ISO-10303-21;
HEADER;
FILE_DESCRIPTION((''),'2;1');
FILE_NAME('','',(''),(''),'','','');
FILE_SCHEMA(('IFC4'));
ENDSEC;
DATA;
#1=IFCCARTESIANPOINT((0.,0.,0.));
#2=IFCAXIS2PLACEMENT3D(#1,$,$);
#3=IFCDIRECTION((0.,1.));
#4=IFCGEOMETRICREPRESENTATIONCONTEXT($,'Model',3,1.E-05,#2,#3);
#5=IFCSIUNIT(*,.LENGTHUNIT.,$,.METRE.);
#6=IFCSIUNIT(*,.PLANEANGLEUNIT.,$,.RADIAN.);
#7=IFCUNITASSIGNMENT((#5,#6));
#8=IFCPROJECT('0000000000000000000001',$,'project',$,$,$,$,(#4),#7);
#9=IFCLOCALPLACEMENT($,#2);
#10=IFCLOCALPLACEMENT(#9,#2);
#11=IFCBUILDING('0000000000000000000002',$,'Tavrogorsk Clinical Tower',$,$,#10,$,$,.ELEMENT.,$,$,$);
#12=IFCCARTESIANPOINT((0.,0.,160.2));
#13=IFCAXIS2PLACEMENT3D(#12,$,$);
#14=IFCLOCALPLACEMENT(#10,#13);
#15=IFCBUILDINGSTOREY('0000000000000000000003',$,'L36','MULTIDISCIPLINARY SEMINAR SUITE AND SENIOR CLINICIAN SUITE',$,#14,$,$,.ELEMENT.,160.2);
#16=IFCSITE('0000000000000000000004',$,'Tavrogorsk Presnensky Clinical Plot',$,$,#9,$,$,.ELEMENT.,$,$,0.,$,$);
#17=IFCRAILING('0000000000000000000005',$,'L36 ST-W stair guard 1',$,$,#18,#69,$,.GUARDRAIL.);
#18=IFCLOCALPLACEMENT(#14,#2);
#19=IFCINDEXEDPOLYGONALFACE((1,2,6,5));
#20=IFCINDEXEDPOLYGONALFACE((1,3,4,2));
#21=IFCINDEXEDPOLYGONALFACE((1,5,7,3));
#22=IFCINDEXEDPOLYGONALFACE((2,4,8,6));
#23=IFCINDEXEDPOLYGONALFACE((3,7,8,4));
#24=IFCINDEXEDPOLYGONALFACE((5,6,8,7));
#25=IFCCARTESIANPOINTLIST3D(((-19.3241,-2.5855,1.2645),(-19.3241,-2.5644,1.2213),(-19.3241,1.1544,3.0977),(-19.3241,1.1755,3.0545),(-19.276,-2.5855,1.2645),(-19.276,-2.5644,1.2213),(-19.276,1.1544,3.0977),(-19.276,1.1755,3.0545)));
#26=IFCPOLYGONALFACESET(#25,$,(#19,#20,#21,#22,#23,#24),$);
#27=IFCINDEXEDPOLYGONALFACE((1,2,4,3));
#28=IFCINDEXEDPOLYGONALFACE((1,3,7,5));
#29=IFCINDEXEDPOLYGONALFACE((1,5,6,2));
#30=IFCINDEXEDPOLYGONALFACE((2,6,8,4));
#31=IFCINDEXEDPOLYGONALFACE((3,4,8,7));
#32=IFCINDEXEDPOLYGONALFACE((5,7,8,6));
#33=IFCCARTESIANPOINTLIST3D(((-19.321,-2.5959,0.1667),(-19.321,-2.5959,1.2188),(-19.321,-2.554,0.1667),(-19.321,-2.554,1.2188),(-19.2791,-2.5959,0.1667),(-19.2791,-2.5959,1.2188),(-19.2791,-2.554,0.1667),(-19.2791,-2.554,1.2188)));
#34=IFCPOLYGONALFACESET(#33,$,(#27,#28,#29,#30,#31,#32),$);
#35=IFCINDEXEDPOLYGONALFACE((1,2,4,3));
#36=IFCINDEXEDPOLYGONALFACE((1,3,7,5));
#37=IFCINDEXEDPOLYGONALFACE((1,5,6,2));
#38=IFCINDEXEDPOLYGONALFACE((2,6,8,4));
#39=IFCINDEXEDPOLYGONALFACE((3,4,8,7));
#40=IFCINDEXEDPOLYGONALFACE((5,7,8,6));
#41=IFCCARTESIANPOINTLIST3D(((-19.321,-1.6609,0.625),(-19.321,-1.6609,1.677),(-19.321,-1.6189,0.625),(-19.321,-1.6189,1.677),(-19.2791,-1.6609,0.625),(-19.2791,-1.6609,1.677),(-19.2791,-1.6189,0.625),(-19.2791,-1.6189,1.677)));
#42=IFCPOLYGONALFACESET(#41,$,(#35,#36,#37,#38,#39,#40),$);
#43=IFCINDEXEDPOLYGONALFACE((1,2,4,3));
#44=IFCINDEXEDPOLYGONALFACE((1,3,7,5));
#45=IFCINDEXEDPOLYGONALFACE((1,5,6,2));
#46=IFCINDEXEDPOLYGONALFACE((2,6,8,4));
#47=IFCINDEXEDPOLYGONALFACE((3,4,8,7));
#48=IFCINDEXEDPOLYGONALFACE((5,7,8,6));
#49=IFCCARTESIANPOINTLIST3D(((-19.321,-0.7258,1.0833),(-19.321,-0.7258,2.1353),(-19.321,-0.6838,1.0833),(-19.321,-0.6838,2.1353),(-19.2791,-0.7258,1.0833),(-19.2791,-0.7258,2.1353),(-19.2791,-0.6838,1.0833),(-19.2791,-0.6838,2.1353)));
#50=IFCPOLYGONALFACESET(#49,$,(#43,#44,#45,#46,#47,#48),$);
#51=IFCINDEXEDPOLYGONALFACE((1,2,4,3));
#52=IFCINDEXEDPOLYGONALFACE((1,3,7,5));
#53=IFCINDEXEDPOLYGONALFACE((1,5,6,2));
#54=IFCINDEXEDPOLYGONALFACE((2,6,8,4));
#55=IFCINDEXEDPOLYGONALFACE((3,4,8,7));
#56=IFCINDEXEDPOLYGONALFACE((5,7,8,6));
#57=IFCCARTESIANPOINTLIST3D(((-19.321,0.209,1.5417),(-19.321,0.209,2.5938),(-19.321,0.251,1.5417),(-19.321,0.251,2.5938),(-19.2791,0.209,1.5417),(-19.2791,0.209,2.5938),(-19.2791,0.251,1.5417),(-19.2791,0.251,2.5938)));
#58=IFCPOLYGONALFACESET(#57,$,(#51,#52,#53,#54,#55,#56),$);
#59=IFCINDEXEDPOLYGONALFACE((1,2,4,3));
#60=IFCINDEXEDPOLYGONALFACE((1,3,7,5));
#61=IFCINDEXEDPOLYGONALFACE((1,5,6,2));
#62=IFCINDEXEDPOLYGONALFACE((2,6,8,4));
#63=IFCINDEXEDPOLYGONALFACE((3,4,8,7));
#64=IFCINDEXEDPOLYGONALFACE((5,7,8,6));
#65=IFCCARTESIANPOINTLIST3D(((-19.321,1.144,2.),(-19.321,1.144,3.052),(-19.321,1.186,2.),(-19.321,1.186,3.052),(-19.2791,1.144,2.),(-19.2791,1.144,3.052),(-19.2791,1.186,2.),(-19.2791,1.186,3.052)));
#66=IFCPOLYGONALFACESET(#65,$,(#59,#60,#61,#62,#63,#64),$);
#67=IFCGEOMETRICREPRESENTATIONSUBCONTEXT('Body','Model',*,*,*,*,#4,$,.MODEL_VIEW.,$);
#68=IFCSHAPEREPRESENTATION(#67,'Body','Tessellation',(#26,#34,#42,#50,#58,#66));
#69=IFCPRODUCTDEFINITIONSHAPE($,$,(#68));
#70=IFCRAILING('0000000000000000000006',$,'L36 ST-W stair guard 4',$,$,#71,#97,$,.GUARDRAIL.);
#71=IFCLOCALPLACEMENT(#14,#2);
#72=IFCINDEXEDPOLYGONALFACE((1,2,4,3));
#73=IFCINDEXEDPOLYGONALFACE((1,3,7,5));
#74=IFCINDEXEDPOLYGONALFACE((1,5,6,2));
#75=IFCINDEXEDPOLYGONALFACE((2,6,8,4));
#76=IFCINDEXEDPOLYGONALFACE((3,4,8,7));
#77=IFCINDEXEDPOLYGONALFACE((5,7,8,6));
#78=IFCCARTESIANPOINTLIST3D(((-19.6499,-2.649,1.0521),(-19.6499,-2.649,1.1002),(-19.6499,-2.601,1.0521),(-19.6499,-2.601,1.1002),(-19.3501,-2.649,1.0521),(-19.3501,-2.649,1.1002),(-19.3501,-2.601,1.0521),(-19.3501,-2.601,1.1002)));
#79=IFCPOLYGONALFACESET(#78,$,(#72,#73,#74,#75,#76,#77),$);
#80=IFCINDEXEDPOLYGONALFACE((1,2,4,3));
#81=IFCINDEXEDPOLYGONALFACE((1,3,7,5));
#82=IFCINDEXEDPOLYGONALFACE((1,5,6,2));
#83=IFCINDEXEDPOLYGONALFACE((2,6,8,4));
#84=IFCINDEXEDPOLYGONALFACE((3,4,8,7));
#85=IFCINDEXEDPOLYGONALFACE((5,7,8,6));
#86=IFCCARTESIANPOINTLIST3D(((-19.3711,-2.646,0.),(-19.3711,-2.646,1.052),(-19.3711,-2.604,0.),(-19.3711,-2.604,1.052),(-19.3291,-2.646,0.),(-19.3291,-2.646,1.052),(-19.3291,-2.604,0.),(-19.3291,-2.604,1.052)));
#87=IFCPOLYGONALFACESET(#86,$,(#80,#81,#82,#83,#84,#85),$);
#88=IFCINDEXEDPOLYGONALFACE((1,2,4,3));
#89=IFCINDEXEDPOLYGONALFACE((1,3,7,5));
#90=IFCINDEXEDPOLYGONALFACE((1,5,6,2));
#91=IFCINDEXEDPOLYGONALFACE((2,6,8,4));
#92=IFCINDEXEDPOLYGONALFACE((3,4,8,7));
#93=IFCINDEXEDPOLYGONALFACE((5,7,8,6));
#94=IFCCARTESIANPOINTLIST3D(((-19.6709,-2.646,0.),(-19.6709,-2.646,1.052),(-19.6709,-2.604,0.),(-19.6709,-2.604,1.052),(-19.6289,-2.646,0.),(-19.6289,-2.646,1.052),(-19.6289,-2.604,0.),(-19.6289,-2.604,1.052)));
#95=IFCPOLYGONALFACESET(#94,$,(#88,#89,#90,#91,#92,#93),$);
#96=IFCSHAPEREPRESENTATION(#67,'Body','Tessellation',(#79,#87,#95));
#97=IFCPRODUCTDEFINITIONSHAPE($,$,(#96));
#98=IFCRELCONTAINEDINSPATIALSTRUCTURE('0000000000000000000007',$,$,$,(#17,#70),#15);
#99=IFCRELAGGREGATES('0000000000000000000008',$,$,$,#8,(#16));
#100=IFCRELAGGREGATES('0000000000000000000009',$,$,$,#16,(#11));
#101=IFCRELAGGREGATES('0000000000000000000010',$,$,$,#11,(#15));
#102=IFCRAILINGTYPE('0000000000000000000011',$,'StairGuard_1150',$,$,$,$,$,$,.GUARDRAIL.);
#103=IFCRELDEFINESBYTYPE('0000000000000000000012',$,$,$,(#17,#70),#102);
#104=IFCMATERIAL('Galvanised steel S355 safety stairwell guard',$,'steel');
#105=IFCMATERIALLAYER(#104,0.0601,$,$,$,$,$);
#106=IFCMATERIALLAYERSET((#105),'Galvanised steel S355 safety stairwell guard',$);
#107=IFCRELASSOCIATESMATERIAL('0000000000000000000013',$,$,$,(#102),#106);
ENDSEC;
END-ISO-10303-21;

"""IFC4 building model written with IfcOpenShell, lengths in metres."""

from ifc_helpers import new_model, si_unit, direction, frame, origin, origin_2d, place, context, subcontext, project, spatial, rectangle, extrude, material, layer, layer_set, type_object, element, save


model = new_model("IFC4")

# Units and contexts
model_context = context("Model", 3, precision=1e-05, world=origin(), true_north=direction((0.0, 1.0)))
body_context = subcontext(model_context, "Body", "Model", "MODEL_VIEW")
ifc_project = project(units=[si_unit("LENGTHUNIT", "METRE"), si_unit("PLANEANGLEUNIT", "RADIAN")], contexts=[model_context])

# Site, building, storey
site_placement = place(None, origin())
site = spatial("IfcSite", under=ifc_project, at=site_placement, Name="Tavrogorsk Presnensky Clinical Plot", CompositionType="ELEMENT", RefElevation=0.0)
building_placement = place(site_placement, origin())
building = spatial("IfcBuilding", under=site, at=building_placement, Name="Tavrogorsk Clinical Tower", CompositionType="ELEMENT")
storey_placement = place(building_placement, frame((0.0, 0.0, 160.2)))
storey = spatial("IfcBuildingStorey", under=building, at=storey_placement, Name="L36", Description="MULTIDISCIPLINARY SEMINAR SUITE AND SENIOR CLINICIAN SUITE", CompositionType="ELEMENT", Elevation=160.2)

# Railings
ifc_material_1 = material(Name="Galvanised steel S355 safety stairwell guard", Category="steel")
ifc_layer_1 = layer(ifc_material_1, 0.0601)
ifc_layer_set_1 = layer_set([ifc_layer_1], Name="Galvanised steel S355 safety stairwell guard")
railing_type = type_object("IfcRailingType", Name="StairGuard_1150", PredefinedType="GUARDRAIL", material=ifc_layer_set_1)
railing_1_placement = place(storey_placement, frame((-19.3, -2.575, 0.1667)))
element("IfcRailing", 1, at=railing_1_placement, inside=storey, type_object=railing_type, Name="L36 ST-W stair guard 1", PredefinedType="GUARDRAIL", context=body_context, shape_type="SweptSolid", body=[
    extrude(rectangle(XDim=0.0481, YDim=0.0481, at=origin_2d()), frame((0.0, 0.0, 1.0762), z_axis=(0.0, 0.897928, 0.440142), x_axis=(-1.0, 0.0, 0.0)), (0.0, 0.0, 1.0), 4.165),
    extrude(rectangle(XDim=0.042, YDim=0.042, at=origin_2d()), origin(), (0.0, 0.0, 1.0), 1.052),
    extrude(rectangle(XDim=0.042, YDim=0.042, at=origin_2d()), frame((0.0, 0.9351, 0.4583)), (0.0, 0.0, 1.0), 1.052),
    extrude(rectangle(XDim=0.042, YDim=0.042, at=origin_2d()), frame((0.0, 1.8701, 0.9165)), (0.0, 0.0, 1.0), 1.052),
    extrude(rectangle(XDim=0.042, YDim=0.042, at=origin_2d()), frame((0.0, 2.8049, 1.375)), (0.0, 0.0, 1.0), 1.052),
    extrude(rectangle(XDim=0.042, YDim=0.042, at=origin_2d()), frame((0.0, 3.74, 1.8333)), (0.0, 0.0, 1.0), 1.052),
])
railing_2_placement = place(storey_placement, frame((-19.3501, -2.625, 0.0)))
element("IfcRailing", 2, at=railing_2_placement, inside=storey, type_object=railing_type, Name="L36 ST-W stair guard 4", PredefinedType="GUARDRAIL", context=body_context, shape_type="SweptSolid", body=[
    extrude(rectangle(XDim=0.0481, YDim=0.0481, at=origin_2d()), frame((0.0, 0.0, 1.0762), z_axis=(-1.0, 0.0, 0.0), x_axis=(0.0, -1.0, 0.0)), (0.0, 0.0, 1.0), 0.2998),
    extrude(rectangle(XDim=0.042, YDim=0.042, at=origin_2d()), origin(), (0.0, 0.0, 1.0), 1.052),
    extrude(rectangle(XDim=0.042, YDim=0.042, at=origin_2d()), frame((-0.2998, 0.0, 0.0)), (0.0, 0.0, 1.0), 1.052),
])

save(model, "model.ifc")
